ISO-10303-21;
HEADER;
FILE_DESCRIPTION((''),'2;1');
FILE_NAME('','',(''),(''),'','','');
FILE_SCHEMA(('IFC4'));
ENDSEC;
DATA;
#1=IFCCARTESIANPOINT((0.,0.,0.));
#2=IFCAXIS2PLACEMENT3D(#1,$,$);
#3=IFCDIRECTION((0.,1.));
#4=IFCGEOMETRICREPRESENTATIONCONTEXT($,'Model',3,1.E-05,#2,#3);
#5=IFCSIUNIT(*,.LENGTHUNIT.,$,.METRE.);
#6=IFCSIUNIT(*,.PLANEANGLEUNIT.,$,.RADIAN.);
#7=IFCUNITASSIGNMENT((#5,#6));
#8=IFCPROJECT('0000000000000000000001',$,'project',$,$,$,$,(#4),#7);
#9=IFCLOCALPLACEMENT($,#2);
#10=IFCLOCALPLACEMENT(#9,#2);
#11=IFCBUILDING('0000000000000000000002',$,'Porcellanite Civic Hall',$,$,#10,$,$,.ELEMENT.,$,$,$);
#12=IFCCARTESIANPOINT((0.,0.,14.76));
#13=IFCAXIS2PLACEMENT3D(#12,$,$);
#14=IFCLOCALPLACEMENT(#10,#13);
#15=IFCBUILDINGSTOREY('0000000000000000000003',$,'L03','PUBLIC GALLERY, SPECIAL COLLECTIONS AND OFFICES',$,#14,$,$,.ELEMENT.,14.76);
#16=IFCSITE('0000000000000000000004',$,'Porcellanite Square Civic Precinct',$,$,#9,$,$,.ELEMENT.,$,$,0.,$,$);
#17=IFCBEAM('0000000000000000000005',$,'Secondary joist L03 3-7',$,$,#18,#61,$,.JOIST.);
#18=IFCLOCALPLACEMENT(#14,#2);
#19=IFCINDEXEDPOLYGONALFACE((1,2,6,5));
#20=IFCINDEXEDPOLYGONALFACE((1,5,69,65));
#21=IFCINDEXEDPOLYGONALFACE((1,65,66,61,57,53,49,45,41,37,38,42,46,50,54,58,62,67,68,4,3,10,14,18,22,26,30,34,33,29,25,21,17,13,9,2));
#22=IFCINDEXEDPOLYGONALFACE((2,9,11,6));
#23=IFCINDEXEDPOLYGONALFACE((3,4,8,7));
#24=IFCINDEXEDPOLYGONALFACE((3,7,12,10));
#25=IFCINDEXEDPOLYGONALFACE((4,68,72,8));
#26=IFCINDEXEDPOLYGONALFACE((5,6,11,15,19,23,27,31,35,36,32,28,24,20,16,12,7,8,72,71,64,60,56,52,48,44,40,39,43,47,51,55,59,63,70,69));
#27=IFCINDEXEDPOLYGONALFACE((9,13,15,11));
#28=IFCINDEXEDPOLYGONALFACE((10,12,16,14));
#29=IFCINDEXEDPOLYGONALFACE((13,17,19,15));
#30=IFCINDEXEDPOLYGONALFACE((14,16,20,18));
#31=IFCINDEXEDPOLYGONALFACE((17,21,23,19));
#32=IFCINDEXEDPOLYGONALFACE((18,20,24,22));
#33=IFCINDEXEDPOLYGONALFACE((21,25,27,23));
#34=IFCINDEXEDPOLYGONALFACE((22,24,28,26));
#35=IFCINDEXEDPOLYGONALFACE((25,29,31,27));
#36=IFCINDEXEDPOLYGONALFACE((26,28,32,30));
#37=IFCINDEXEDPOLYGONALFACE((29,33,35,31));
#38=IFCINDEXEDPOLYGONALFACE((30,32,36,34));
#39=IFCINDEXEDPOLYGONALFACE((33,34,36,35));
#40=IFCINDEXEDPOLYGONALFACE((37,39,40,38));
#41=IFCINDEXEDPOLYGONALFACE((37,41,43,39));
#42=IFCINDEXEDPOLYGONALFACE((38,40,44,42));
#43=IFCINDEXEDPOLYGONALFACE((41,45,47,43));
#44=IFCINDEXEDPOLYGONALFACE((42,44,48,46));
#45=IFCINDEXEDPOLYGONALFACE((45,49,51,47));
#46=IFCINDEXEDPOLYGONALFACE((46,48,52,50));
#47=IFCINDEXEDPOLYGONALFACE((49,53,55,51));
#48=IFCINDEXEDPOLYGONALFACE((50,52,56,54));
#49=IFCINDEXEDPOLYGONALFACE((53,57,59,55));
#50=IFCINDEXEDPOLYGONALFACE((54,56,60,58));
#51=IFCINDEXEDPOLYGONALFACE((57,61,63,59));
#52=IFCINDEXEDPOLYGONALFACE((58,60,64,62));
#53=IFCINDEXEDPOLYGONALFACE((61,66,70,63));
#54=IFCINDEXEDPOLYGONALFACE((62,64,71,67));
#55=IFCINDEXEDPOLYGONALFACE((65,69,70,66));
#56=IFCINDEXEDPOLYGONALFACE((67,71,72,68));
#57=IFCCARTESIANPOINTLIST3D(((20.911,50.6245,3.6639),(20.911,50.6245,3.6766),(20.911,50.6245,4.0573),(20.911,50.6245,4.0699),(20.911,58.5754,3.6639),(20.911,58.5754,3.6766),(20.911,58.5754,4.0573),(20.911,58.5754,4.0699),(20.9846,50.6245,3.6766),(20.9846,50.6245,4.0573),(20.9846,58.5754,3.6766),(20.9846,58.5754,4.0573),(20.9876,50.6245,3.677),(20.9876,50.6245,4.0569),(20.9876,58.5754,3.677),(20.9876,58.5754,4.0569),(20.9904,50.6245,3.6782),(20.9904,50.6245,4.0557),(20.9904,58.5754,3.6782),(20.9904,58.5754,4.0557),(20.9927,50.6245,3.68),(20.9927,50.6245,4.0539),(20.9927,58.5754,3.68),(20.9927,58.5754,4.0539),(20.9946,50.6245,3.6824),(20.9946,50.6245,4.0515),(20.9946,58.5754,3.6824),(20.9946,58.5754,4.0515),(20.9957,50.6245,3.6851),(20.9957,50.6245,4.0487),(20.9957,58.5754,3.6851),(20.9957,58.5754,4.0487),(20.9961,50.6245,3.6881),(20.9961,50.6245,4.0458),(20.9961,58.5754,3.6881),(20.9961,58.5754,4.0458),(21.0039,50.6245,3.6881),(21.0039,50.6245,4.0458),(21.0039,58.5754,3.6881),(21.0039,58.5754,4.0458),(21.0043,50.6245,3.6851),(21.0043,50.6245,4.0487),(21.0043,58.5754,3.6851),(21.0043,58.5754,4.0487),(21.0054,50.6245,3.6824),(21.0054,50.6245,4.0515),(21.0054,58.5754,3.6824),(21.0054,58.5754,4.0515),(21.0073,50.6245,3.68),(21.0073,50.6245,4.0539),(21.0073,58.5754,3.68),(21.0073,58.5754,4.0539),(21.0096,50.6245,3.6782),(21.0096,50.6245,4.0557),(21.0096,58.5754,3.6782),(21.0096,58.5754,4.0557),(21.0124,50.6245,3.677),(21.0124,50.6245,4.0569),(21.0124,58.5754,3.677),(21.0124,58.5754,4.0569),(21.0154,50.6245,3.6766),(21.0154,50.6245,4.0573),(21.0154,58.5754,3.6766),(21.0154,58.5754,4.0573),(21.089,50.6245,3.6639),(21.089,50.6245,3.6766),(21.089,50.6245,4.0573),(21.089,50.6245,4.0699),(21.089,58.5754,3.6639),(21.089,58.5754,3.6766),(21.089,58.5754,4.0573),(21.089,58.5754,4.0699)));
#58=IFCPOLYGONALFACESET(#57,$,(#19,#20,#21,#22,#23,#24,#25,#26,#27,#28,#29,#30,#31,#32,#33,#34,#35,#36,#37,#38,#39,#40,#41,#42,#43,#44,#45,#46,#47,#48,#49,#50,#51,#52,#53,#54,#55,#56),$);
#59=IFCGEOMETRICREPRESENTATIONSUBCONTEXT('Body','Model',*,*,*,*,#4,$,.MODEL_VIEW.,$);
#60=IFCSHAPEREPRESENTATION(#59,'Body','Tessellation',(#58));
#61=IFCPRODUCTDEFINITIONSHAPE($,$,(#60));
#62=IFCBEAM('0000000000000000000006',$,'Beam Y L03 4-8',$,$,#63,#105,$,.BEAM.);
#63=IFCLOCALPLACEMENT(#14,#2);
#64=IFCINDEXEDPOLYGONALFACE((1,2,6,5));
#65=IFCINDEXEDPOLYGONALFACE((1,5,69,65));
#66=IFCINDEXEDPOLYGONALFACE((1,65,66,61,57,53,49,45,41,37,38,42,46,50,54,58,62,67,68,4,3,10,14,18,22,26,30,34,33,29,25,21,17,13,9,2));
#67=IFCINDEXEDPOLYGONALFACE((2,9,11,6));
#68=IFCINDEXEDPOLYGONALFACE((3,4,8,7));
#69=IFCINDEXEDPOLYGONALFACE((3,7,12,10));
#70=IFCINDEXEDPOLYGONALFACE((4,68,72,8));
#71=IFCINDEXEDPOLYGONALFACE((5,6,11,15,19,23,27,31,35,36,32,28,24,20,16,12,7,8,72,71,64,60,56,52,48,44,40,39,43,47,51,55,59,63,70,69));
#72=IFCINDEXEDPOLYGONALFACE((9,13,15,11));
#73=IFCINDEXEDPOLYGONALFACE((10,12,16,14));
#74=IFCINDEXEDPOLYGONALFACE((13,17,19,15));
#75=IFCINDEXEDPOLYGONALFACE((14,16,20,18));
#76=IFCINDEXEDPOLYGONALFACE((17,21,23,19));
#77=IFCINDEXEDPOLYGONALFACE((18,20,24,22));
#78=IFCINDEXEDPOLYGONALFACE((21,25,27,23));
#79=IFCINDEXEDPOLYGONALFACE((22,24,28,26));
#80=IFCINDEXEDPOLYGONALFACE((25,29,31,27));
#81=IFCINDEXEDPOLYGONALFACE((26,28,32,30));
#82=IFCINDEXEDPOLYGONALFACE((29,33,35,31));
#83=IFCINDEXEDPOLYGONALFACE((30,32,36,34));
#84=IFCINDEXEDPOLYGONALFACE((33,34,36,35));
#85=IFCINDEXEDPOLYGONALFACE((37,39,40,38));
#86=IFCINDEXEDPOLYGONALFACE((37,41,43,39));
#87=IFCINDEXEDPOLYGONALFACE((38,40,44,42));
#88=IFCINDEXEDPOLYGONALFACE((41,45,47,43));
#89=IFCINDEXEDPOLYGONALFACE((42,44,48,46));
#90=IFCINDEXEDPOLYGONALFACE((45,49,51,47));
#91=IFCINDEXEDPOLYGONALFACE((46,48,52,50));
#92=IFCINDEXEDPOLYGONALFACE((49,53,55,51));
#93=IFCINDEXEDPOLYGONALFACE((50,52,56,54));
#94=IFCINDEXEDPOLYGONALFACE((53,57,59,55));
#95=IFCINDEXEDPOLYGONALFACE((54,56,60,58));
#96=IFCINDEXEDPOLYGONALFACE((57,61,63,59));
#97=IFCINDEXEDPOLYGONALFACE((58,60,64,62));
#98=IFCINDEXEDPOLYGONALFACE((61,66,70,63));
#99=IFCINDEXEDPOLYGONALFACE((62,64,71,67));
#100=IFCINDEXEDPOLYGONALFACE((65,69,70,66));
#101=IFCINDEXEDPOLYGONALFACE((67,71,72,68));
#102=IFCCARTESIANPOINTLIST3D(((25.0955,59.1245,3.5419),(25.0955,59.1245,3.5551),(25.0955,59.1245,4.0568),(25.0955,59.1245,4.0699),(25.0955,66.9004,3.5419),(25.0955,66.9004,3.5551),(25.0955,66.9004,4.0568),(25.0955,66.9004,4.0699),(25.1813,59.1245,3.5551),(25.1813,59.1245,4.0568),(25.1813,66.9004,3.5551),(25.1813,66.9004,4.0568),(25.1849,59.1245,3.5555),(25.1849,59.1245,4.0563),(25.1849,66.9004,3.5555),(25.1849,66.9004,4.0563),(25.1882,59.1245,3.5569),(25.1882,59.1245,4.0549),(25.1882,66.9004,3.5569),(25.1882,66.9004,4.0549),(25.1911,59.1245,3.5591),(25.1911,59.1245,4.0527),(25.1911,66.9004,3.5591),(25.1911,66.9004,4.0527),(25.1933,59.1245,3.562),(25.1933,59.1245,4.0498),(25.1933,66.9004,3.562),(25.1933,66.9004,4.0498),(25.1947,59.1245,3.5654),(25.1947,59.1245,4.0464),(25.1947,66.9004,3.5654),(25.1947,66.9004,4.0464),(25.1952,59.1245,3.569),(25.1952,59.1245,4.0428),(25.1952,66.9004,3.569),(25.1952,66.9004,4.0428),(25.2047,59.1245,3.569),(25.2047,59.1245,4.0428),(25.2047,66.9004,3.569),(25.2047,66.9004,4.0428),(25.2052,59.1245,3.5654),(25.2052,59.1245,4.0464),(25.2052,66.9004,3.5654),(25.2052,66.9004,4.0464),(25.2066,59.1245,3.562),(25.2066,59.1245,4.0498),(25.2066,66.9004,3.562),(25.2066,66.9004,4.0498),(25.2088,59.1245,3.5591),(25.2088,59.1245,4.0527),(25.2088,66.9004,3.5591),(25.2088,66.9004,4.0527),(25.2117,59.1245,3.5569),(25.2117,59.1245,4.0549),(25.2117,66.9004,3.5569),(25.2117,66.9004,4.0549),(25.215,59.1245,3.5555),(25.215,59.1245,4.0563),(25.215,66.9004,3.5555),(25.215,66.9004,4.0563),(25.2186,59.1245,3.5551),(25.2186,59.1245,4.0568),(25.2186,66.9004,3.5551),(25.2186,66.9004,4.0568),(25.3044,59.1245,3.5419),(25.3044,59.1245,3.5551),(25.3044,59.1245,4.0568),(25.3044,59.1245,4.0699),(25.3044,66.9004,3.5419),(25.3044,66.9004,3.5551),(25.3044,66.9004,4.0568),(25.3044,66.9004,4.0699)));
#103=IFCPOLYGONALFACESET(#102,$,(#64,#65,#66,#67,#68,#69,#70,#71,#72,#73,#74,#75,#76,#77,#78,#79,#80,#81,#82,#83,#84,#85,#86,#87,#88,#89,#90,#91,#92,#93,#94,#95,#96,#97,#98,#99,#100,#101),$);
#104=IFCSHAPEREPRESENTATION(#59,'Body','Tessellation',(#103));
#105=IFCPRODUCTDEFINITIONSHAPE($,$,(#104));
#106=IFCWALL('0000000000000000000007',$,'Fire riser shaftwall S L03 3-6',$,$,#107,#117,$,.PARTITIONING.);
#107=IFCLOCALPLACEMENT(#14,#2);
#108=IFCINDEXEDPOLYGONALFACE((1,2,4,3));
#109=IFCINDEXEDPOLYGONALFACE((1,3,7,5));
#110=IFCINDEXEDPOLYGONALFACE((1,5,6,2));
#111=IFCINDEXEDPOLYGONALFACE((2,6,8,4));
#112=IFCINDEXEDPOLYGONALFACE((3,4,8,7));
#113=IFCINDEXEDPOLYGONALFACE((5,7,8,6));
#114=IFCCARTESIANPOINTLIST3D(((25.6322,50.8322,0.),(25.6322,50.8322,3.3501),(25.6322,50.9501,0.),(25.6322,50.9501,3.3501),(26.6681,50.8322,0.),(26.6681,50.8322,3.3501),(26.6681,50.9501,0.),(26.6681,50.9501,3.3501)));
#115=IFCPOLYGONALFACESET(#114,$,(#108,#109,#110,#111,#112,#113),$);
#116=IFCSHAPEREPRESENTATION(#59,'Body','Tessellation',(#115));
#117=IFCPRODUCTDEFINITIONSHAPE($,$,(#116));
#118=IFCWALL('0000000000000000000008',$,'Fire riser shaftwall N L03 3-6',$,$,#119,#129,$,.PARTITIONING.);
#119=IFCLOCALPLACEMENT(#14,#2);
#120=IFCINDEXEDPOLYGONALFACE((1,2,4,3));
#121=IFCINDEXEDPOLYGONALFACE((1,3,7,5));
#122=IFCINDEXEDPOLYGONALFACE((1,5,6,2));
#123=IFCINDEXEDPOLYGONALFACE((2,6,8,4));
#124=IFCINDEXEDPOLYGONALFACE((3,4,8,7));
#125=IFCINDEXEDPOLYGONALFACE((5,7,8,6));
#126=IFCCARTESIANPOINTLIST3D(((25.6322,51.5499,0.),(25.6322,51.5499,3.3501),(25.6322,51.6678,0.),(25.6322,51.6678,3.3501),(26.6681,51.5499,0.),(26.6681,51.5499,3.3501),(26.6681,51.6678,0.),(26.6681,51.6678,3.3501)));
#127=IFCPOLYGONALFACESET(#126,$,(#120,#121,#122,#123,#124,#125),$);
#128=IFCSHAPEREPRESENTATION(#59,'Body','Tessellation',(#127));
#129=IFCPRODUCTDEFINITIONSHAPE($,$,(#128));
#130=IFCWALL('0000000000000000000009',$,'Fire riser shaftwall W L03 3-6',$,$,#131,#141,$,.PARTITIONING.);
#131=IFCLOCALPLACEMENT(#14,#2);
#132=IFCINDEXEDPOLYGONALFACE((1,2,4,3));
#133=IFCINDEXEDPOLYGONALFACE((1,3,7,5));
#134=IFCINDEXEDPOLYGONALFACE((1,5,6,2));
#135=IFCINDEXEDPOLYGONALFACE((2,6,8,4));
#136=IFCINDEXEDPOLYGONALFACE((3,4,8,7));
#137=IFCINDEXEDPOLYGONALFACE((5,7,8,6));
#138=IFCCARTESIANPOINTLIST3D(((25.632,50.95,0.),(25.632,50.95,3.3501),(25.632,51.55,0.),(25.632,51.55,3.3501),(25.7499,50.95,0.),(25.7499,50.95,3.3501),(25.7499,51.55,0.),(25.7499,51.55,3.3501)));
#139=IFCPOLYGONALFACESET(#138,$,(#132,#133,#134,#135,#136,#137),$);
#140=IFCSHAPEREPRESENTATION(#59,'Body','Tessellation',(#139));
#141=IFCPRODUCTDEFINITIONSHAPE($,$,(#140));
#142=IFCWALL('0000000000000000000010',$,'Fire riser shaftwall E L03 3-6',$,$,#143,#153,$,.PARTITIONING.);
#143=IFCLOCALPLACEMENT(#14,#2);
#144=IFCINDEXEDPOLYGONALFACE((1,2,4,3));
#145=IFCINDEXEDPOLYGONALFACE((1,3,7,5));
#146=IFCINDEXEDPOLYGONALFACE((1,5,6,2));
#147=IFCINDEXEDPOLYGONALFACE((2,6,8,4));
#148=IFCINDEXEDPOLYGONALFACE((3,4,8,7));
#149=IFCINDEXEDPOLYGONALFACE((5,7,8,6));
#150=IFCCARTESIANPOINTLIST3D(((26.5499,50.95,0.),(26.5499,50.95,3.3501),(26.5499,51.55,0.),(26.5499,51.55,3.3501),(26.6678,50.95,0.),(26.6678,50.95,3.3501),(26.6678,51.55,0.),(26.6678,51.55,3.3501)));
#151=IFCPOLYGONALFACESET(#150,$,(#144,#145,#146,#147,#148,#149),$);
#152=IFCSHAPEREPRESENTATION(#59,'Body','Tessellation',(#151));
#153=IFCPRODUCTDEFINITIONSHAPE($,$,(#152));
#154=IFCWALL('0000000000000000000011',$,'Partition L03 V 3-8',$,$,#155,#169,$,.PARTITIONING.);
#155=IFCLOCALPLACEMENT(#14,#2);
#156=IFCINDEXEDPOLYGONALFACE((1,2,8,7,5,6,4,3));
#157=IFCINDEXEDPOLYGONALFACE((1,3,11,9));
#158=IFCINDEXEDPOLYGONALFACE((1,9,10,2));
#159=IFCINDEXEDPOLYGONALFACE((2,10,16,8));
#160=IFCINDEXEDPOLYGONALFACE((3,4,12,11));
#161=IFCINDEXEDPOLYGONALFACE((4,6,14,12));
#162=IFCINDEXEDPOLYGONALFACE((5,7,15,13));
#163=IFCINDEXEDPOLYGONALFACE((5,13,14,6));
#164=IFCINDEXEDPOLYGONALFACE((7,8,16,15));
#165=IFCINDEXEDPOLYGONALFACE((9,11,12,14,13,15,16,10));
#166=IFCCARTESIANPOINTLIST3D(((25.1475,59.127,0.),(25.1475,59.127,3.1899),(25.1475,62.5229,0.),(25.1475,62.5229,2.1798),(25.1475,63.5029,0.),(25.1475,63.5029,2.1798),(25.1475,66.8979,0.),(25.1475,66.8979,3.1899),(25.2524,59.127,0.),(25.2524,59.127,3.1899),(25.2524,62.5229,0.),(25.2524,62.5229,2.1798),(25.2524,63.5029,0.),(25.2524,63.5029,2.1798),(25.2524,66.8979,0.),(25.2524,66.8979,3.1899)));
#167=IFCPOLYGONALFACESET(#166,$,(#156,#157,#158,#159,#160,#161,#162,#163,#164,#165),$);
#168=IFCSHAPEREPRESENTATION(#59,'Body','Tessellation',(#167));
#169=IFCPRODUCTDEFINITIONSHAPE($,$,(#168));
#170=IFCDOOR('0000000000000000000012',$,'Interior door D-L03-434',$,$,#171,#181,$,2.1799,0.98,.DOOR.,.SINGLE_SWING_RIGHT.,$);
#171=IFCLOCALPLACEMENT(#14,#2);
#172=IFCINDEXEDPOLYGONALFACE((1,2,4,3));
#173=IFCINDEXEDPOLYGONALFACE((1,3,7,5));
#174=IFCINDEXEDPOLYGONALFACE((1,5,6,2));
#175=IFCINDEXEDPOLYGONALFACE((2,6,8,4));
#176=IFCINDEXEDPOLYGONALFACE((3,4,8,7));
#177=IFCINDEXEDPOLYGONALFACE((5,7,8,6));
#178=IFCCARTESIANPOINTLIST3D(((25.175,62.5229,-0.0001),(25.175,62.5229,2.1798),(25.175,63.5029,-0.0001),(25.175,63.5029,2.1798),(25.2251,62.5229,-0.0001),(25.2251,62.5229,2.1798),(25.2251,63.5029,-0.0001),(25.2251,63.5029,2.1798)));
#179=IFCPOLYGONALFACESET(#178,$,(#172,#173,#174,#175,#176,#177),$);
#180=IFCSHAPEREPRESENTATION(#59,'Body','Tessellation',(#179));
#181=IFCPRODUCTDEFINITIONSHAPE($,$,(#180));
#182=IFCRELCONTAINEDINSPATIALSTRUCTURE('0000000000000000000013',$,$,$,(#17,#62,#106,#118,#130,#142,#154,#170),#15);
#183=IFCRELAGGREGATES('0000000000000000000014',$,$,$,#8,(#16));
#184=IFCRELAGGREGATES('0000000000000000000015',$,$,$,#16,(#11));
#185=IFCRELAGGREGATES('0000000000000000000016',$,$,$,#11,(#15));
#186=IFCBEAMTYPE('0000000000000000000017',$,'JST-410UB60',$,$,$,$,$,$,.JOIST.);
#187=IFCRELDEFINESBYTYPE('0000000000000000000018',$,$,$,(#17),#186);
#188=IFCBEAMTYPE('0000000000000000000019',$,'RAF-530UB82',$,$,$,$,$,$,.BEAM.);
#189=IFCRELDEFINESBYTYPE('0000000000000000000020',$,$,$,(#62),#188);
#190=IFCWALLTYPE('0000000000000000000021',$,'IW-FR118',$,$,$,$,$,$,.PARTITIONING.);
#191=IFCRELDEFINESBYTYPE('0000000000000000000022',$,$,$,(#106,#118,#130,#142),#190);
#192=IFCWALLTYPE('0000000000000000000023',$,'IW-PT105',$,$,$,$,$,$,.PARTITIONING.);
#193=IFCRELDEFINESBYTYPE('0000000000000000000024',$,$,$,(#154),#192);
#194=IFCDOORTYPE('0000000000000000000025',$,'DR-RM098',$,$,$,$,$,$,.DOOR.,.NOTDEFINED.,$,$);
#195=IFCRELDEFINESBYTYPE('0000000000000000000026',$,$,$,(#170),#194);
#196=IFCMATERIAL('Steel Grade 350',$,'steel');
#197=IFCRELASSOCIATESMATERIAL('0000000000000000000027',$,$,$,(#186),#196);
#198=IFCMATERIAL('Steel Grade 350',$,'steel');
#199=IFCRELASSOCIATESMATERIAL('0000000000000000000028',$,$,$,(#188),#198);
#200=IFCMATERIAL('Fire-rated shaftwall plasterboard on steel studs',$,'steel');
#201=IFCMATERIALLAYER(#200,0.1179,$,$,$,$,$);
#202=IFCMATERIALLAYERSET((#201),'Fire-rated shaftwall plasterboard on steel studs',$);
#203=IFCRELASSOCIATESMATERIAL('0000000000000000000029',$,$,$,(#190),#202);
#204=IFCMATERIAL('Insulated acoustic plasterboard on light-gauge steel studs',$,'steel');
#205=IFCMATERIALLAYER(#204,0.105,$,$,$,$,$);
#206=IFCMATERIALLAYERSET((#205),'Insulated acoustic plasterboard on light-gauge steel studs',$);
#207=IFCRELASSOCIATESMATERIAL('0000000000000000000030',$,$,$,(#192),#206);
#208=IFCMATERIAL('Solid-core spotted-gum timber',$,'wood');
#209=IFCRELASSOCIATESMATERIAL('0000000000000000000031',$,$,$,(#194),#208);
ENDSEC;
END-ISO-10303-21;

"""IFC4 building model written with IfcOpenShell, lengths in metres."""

from ifc_helpers import new_model, si_unit, direction, frame, frame_2d, origin, origin_2d, place, context, subcontext, project, spatial, rectangle, i_section, extrude, material, layer, layer_set, material_profile, profile_set, type_object, element, fill, save


model = new_model("IFC4")

# Units and contexts
model_context = context("Model", 3, precision=1e-05, world=origin(), true_north=direction((0.0, 1.0)))
body_context = subcontext(model_context, "Body", "Model", "MODEL_VIEW")
ifc_project = project(units=[si_unit("LENGTHUNIT", "METRE"), si_unit("PLANEANGLEUNIT", "RADIAN")], contexts=[model_context])

# Site, building, storey
site_placement = place(None, origin())
site = spatial("IfcSite", under=ifc_project, at=site_placement, Name="Porcellanite Square Civic Precinct", CompositionType="ELEMENT", RefElevation=0.0)
building_placement = place(site_placement, origin())
building = spatial("IfcBuilding", under=site, at=building_placement, Name="Porcellanite Civic Hall", CompositionType="ELEMENT")
storey_placement = place(building_placement, frame((0.0, 0.0, 14.76)))
storey = spatial("IfcBuildingStorey", under=building, at=storey_placement, Name="L03", Description="PUBLIC GALLERY, SPECIAL COLLECTIONS AND OFFICES", CompositionType="ELEMENT", Elevation=14.76)

# Beams
ifc_material_1 = material(Name="Steel Grade 350", Category="steel")
ifc_material_profile_1 = material_profile(ifc_material_1, i_section(OverallWidth=0.178, OverallDepth=0.406, WebThickness=0.0078, FlangeThickness=0.0127, FilletRadius=0.0115, at=origin_2d()), Name="410UB59.7")
ifc_profile_set_1 = profile_set([ifc_material_profile_1], Name="Steel Grade 350")
beam_type_1 = type_object("IfcBeamType", Name="JST-410UB60", PredefinedType="JOIST", material=ifc_profile_set_1)
beam_1_placement = place(storey_placement, frame((21.0, 50.6245, 3.8669), z_axis=(0.0, 1.0, 0.0), x_axis=(-1.0, 0.0, 0.0)))
element("IfcBeam", 1, at=beam_1_placement, inside=storey, type_object=beam_type_1, Name="Secondary joist L03 3-7", PredefinedType="JOIST", context=body_context, shape_type="SweptSolid", body=[
    extrude(i_section(OverallWidth=0.178, OverallDepth=0.406, WebThickness=0.0078, FlangeThickness=0.0127, FilletRadius=0.0115, at=origin_2d()), origin(), (0.0, 0.0, 1.0), 7.9509),
])
ifc_material_2 = material(Name="Steel Grade 350", Category="steel")
ifc_material_profile_2 = material_profile(ifc_material_2, i_section(OverallWidth=0.209, OverallDepth=0.5281, WebThickness=0.0095, FlangeThickness=0.0132, FilletRadius=0.0139, at=origin_2d()), Name="530UB82.0")
ifc_profile_set_2 = profile_set([ifc_material_profile_2], Name="Steel Grade 350")
beam_type_2 = type_object("IfcBeamType", Name="RAF-530UB82", PredefinedType="BEAM", material=ifc_profile_set_2)
beam_2_placement = place(storey_placement, frame((25.2, 59.1245, 3.8059), z_axis=(0.0, 1.0, 0.0), x_axis=(-1.0, 0.0, 0.0)))
element("IfcBeam", 2, at=beam_2_placement, inside=storey, type_object=beam_type_2, Name="Beam Y L03 4-8", PredefinedType="BEAM", context=body_context, shape_type="SweptSolid", body=[
    extrude(i_section(OverallWidth=0.209, OverallDepth=0.5281, WebThickness=0.0095, FlangeThickness=0.0132, FilletRadius=0.0139, at=origin_2d()), origin(), (0.0, 0.0, 1.0), 7.7759),
])

# Walls
ifc_material_3 = material(Name="Fire-rated shaftwall plasterboard on steel studs", Category="steel")
ifc_layer_1 = layer(ifc_material_3, 0.1179)
ifc_layer_set_1 = layer_set([ifc_layer_1], Name="Fire-rated shaftwall plasterboard on steel studs")
wall_type_1 = type_object("IfcWallType", Name="IW-FR118", PredefinedType="PARTITIONING", material=ifc_layer_set_1)
for number, where, z_axis, x_axis, name in (
    (3, (25.6321, 50.8911, 0.0), (0.0, 0.0, 1.0), (1.0, 0.0, 0.0), "Fire riser shaftwall S L03 3-6"),
    (4, (25.6321, 51.6089, 0.0), (0.0, 0.0, 1.0), (1.0, 0.0, 0.0), "Fire riser shaftwall N L03 3-6"),
):
    element("IfcWall", number, at=place(storey_placement, frame(where, z_axis=z_axis, x_axis=x_axis)), inside=storey, type_object=wall_type_1, Name=name, PredefinedType="PARTITIONING", context=body_context, shape_type="SweptSolid", body=[
        extrude(rectangle(XDim=1.0359, YDim=0.1179, at=frame_2d((0.5181, 0.0))), origin(), (0.0, 0.0, 1.0), 3.3501),
    ])
for number, where, z_axis, x_axis, name in (
    (5, (25.6909, 50.95, 0.0), (0.0, 0.0, 1.0), (0.0, 1.0, 0.0), "Fire riser shaftwall W L03 3-6"),
    (6, (26.6089, 50.95, 0.0), (0.0, 0.0, 1.0), (0.0, 1.0, 0.0), "Fire riser shaftwall E L03 3-6"),
):
    element("IfcWall", number, at=place(storey_placement, frame(where, z_axis=z_axis, x_axis=x_axis)), inside=storey, type_object=wall_type_1, Name=name, PredefinedType="PARTITIONING", context=body_context, shape_type="SweptSolid", body=[
        extrude(rectangle(XDim=0.6001, YDim=0.1179, at=frame_2d((0.3, 0.0))), origin(), (0.0, 0.0, 1.0), 3.3501),
    ])

# Wall, opening, door
ifc_material_4 = material(Name="Insulated acoustic plasterboard on light-gauge steel studs", Category="steel")
ifc_layer_2 = layer(ifc_material_4, 0.105)
ifc_layer_set_2 = layer_set([ifc_layer_2], Name="Insulated acoustic plasterboard on light-gauge steel studs")
wall_type_2 = type_object("IfcWallType", Name="IW-PT105", PredefinedType="PARTITIONING", material=ifc_layer_set_2)
wall_1_placement = place(storey_placement, frame((25.2, 59.127, 0.0), z_axis=(0.0, 0.0, 1.0), x_axis=(0.0, 1.0, 0.0)))
wall_1 = element("IfcWall", 7, at=wall_1_placement, inside=storey, type_object=wall_type_2, Name="Partition L03 V 3-8", PredefinedType="PARTITIONING", context=body_context, shape_type="SweptSolid", body=[
    extrude(rectangle(XDim=7.771, YDim=0.105, at=frame_2d((3.8855, 0.0))), origin(), (0.0, 0.0, 1.0), 3.1899),
])
opening_1_placement = place(wall_1_placement, frame((3.396, 0.0, 0.0)))
opening_1 = element("IfcOpeningElement", 8, at=opening_1_placement, cuts=wall_1, PredefinedType="OPENING", context=body_context, shape_type="SweptSolid", body=[
    extrude(rectangle(XDim=0.98, YDim=2.1799, at=frame_2d((0.49, 1.0898))), frame((0.0, 0.0525, 0.0), z_axis=(0.0, -1.0, 0.0), x_axis=(1.0, 0.0, 0.0)), (0.0, 0.0, 1.0), 0.105),
])
ifc_material_5 = material(Name="Solid-core spotted-gum timber", Category="wood")
door_type_1 = type_object("IfcDoorType", Name="DR-RM098", OperationType="NOTDEFINED", PredefinedType="DOOR", material=ifc_material_5)
door_1_placement = place(opening_1_placement, origin())
door_1 = element("IfcDoor", 9, at=door_1_placement, inside=storey, type_object=door_type_1, Name="Interior door D-L03-434", OperationType="SINGLE_SWING_RIGHT", OverallHeight=2.1799, OverallWidth=0.98, PredefinedType="DOOR", context=body_context, shape_type="SweptSolid", body=[
    extrude(rectangle(XDim=0.98, YDim=2.1799, at=frame_2d((0.49, 1.0898))), frame((0.0, 0.0249, 0.0), z_axis=(0.0, -1.0, 0.0), x_axis=(1.0, 0.0, 0.0)), (0.0, 0.0, 1.0), 0.05),
])
fill(opening_1, door_1)

save(model, "model.ifc")
